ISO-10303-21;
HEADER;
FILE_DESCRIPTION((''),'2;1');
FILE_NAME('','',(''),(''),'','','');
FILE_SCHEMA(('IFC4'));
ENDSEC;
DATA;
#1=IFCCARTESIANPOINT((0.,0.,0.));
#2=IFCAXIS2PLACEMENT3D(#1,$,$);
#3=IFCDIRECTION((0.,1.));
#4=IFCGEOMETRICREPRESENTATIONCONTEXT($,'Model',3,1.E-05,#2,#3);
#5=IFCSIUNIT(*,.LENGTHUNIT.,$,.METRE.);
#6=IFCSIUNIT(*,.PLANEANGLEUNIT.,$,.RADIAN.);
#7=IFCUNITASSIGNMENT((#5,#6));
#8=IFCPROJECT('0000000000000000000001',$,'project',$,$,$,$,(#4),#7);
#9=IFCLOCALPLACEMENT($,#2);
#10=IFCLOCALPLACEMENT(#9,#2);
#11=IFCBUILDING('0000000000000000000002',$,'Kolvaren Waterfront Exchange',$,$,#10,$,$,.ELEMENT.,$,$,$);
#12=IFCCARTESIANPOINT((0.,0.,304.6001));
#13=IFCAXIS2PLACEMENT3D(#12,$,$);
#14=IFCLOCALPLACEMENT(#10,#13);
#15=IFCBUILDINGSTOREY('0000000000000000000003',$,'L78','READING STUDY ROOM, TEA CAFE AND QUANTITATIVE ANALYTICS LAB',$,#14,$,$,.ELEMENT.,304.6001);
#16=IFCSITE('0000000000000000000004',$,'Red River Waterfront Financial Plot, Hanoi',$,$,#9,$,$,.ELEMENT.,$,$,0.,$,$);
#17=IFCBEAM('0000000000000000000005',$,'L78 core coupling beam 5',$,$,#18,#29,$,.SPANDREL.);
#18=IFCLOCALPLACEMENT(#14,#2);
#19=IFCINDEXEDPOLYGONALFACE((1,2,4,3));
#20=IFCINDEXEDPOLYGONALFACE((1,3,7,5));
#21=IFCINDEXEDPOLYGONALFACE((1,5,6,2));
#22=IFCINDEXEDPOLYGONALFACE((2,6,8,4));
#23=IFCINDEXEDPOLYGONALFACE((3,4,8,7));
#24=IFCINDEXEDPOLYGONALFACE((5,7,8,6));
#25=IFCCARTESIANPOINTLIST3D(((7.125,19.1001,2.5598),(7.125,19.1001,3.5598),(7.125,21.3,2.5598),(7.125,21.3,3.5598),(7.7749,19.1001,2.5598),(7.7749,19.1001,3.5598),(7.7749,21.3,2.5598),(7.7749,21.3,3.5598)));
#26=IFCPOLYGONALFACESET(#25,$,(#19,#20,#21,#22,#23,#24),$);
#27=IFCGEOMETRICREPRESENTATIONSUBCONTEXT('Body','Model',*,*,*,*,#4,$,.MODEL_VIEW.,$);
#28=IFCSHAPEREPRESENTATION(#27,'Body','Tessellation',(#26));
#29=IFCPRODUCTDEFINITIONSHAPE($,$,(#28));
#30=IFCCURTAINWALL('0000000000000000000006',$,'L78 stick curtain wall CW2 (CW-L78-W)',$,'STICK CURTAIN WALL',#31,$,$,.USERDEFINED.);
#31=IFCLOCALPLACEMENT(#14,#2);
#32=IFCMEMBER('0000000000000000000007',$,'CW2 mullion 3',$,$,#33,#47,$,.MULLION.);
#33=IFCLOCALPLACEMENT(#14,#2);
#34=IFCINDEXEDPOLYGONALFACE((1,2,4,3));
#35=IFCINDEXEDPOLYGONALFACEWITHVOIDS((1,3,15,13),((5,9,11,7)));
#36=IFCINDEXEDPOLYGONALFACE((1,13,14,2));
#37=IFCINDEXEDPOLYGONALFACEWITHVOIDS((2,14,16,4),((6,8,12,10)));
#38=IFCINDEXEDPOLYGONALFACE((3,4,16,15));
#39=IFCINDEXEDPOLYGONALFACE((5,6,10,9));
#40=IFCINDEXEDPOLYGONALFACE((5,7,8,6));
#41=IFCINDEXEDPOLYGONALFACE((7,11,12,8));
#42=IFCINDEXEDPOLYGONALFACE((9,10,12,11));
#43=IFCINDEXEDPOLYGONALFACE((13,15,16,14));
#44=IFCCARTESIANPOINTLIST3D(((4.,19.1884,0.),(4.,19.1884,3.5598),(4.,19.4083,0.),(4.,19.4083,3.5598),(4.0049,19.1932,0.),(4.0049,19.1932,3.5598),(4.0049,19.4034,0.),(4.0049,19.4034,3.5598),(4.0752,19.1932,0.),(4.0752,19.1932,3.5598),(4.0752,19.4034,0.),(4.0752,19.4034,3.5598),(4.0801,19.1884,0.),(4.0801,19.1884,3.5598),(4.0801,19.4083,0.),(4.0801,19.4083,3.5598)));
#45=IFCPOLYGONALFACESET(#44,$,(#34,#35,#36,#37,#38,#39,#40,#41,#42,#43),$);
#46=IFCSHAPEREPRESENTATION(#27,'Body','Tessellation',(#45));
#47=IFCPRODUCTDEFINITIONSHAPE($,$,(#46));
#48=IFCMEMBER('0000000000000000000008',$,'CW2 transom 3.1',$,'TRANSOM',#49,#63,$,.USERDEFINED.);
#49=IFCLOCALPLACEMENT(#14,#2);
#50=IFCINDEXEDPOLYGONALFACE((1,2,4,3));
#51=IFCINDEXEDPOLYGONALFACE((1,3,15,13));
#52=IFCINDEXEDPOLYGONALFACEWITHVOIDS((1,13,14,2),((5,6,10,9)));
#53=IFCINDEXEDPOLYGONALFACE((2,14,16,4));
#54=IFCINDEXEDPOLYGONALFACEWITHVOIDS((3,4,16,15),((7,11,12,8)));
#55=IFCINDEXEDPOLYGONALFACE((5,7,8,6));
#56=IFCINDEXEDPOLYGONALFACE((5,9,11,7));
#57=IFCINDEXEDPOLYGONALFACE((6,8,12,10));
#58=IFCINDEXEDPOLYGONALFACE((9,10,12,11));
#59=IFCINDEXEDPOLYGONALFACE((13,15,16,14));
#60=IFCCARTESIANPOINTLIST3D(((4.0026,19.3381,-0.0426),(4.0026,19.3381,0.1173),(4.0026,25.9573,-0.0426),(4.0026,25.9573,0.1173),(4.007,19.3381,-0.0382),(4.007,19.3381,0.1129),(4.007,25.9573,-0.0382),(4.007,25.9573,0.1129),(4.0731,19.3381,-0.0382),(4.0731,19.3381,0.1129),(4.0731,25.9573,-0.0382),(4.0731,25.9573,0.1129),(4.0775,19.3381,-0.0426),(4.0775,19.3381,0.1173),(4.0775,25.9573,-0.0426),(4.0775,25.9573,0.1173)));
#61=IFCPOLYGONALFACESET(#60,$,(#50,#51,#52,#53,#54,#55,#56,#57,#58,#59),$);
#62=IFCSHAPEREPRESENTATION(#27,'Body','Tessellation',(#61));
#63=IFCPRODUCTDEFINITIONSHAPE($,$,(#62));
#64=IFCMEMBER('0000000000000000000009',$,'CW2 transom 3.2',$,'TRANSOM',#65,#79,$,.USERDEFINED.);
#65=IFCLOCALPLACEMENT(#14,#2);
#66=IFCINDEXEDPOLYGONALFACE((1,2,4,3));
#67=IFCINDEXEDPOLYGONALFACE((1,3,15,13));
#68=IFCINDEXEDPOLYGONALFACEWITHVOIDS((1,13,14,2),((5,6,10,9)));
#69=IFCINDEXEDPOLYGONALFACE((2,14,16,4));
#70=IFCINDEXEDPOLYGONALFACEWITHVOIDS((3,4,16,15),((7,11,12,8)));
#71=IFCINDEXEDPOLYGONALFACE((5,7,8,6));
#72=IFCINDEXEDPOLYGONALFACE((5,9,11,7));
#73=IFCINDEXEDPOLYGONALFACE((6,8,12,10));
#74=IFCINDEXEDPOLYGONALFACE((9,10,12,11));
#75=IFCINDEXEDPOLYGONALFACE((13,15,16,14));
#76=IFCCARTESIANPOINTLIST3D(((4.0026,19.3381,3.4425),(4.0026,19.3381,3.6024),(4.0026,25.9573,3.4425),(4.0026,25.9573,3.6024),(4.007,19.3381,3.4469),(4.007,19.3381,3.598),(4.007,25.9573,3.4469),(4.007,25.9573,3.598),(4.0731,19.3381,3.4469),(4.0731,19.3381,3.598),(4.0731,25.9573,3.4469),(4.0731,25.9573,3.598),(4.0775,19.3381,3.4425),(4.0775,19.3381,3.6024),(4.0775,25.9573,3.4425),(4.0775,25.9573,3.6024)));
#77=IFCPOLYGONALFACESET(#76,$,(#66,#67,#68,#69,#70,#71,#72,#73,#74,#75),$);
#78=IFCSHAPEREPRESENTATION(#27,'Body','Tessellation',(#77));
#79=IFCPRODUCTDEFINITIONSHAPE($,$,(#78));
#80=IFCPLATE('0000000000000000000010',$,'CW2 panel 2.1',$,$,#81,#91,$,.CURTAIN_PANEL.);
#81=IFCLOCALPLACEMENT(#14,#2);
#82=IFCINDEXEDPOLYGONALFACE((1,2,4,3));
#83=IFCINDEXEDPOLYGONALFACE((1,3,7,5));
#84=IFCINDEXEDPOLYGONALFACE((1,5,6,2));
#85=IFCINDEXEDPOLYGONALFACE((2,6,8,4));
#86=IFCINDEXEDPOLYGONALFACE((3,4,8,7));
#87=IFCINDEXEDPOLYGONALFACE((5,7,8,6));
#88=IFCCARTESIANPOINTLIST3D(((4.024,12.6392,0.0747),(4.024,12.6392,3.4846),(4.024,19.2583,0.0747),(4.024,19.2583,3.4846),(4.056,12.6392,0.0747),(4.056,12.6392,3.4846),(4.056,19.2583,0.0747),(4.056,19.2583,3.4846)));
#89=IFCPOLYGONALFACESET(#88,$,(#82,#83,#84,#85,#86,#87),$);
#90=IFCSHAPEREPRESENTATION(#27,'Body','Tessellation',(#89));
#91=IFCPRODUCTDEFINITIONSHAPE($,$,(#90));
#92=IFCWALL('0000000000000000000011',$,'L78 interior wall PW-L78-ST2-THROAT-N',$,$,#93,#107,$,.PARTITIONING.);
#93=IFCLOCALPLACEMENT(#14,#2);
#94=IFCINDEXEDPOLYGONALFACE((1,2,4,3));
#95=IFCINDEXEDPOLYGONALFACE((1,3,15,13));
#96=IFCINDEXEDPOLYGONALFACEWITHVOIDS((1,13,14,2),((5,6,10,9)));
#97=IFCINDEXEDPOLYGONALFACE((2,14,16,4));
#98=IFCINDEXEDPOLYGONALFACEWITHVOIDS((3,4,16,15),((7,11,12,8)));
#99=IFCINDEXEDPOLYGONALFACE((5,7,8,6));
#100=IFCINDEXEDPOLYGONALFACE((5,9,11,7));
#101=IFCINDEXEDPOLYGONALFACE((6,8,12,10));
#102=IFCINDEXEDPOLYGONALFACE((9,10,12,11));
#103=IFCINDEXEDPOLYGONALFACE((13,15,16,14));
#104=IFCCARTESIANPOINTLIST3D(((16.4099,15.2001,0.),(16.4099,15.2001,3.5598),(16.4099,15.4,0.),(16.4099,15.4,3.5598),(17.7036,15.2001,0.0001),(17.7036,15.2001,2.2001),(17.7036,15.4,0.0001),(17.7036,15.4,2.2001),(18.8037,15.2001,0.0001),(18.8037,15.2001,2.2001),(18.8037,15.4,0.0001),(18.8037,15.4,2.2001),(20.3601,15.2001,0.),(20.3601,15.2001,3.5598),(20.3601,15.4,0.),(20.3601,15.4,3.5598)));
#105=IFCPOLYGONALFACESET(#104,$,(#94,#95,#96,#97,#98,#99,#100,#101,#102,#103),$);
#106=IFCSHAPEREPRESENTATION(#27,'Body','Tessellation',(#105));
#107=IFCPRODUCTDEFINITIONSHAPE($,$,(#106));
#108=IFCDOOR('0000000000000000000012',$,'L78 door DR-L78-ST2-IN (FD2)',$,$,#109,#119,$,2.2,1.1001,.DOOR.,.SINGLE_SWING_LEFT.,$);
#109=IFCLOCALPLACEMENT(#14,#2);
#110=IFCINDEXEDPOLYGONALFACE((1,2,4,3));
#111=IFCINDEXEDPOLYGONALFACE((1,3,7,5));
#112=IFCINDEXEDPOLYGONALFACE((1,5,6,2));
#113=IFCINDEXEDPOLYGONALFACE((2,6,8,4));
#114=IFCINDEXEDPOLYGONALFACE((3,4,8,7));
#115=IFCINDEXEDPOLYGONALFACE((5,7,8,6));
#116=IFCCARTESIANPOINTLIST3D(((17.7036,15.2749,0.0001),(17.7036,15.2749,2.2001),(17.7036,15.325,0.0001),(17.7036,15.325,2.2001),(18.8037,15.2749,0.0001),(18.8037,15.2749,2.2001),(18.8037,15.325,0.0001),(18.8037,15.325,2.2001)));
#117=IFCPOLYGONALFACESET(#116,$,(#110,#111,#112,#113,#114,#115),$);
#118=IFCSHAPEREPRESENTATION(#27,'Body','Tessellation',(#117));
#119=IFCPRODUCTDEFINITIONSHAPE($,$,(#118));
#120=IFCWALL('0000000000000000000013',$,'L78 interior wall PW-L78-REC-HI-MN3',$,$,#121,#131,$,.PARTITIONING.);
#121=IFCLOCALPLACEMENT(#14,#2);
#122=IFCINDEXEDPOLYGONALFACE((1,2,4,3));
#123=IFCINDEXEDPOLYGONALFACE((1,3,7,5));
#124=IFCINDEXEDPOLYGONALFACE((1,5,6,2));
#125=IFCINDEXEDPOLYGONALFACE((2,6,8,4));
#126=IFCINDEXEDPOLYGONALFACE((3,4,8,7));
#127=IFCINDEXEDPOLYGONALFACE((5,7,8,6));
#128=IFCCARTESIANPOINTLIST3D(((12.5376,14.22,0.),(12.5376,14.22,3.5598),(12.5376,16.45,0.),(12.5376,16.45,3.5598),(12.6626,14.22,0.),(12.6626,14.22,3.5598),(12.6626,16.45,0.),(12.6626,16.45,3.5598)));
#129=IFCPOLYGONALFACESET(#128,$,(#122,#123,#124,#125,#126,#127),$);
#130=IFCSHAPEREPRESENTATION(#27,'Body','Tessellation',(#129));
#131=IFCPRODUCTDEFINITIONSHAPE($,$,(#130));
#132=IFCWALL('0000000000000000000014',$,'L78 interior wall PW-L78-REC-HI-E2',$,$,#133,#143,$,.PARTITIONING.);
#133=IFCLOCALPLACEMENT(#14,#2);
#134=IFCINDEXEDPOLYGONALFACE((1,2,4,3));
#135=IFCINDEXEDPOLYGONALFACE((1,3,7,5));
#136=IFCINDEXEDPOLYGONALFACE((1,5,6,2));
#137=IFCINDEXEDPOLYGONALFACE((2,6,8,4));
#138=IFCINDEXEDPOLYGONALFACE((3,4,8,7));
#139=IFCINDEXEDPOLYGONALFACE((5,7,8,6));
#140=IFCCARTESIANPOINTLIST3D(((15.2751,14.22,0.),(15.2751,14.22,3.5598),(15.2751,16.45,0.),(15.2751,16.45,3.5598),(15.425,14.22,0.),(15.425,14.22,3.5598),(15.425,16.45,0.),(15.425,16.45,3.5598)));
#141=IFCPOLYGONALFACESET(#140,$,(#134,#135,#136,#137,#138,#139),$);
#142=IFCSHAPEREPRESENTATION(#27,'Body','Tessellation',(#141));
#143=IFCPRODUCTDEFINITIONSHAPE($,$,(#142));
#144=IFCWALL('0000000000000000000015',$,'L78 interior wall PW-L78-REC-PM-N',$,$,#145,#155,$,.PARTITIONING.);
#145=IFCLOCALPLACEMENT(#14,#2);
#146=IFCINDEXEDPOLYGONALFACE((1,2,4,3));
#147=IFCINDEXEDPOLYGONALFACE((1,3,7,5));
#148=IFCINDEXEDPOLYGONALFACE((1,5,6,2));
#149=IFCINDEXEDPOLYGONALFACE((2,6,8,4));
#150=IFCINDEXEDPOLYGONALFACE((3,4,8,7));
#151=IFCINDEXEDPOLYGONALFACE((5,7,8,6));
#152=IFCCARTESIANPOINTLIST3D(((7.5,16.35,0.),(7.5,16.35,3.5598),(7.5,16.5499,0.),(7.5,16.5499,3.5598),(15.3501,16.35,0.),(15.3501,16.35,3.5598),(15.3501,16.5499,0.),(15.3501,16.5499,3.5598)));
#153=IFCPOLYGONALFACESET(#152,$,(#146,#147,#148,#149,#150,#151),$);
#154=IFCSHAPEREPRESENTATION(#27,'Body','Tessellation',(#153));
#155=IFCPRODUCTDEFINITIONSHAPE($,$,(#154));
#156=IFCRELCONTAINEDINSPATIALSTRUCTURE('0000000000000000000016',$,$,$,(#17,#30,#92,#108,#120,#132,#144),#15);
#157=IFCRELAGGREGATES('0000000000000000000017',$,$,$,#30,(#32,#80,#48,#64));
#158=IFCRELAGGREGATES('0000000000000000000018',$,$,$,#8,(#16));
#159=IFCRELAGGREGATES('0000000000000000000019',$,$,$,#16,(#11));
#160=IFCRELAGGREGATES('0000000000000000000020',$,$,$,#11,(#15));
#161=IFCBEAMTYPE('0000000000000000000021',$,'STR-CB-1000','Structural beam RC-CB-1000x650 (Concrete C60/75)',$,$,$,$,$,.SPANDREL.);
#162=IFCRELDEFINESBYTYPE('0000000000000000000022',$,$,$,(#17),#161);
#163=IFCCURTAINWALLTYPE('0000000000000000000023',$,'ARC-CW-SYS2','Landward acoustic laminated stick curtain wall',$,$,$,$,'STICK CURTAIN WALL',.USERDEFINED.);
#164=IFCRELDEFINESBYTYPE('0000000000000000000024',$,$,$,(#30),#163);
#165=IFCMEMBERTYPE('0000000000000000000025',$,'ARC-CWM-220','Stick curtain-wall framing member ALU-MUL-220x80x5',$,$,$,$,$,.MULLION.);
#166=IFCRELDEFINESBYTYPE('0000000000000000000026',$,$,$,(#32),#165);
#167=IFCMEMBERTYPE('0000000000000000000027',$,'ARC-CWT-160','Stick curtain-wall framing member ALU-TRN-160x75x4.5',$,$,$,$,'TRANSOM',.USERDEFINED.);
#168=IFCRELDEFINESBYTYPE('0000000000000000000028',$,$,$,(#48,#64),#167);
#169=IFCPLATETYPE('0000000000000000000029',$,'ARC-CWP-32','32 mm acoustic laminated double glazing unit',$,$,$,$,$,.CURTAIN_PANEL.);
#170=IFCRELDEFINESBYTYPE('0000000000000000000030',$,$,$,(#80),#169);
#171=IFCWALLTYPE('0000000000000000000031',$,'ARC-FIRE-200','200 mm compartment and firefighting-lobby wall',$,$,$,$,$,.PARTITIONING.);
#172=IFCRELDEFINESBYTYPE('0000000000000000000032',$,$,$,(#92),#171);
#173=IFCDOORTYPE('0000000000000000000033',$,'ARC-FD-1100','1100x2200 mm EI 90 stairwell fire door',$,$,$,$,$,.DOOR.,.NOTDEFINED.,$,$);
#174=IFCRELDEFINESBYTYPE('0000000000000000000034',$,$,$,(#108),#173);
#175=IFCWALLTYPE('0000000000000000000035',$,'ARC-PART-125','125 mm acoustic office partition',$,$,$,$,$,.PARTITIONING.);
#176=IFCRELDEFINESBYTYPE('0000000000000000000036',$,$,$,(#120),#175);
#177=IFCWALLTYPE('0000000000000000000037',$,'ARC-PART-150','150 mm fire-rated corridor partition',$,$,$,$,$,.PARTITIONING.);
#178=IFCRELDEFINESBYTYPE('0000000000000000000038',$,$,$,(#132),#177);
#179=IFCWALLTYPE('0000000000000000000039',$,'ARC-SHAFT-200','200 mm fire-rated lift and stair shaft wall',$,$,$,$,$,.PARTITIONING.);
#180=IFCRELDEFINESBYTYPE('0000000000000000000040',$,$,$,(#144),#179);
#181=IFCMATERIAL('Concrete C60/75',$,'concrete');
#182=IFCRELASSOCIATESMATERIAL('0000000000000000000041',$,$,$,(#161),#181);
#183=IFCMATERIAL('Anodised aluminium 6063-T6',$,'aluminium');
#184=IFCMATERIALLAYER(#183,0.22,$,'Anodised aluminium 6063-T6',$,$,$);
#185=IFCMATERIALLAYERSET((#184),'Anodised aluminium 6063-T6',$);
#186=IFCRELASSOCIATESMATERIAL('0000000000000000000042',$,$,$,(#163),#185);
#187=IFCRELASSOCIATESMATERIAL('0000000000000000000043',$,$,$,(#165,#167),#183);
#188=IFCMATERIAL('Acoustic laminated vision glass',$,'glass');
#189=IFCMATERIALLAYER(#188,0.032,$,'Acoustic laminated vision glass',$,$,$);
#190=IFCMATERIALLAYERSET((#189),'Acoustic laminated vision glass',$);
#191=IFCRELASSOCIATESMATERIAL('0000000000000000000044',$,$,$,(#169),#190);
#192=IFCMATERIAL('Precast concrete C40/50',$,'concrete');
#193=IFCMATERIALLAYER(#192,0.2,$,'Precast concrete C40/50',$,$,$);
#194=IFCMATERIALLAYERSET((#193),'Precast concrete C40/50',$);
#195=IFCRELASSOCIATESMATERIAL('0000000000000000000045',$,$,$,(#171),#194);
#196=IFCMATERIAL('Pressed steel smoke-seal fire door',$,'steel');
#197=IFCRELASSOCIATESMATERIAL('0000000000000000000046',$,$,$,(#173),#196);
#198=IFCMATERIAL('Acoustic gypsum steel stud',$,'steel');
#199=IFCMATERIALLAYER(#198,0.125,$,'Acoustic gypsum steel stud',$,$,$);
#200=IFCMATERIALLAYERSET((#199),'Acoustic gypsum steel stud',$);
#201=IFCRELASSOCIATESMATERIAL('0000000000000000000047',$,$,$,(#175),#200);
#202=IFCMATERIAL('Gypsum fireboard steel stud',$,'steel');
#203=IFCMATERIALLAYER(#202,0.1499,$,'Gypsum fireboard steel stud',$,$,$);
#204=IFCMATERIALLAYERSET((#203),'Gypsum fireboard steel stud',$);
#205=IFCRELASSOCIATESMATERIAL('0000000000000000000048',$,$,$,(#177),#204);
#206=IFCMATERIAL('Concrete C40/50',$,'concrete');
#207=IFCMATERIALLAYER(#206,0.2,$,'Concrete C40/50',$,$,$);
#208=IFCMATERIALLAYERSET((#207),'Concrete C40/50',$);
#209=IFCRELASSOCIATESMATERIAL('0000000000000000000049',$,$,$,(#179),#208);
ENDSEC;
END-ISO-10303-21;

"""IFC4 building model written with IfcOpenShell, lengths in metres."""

from ifc_helpers import new_model, si_unit, direction, frame, frame_2d, origin, origin_with_axes, origin_2d, place, context, subcontext, project, spatial, rectangle, hollow_rectangle, extrude, source, transform, mapped, material, layer, layer_set, material_profile, profile_set, type_object, element, fill, aggregate, save


model = new_model("IFC4")

# Units and contexts
model_context = context("Model", 3, precision=1e-05, world=origin(), true_north=direction((0.0, 1.0)))
body_context = subcontext(model_context, "Body", "Model", "MODEL_VIEW")
ifc_project = project(units=[si_unit("LENGTHUNIT", "METRE"), si_unit("PLANEANGLEUNIT", "RADIAN")], contexts=[model_context])

# Site, building, storey
site_placement = place(None, origin())
site = spatial("IfcSite", under=ifc_project, at=site_placement, Name="Red River Waterfront Financial Plot, Hanoi", CompositionType="ELEMENT", RefElevation=0.0)
building_placement = place(site_placement, origin())
building = spatial("IfcBuilding", under=site, at=building_placement, Name="Kolvaren Waterfront Exchange", CompositionType="ELEMENT")
storey_placement = place(building_placement, frame((0.0, 0.0, 304.6001)))
storey = spatial("IfcBuildingStorey", under=building, at=storey_placement, Name="L78", Description="READING STUDY ROOM, TEA CAFE AND QUANTITATIVE ANALYTICS LAB", CompositionType="ELEMENT", Elevation=304.6001)

# Beam
ifc_material_1 = material(Name="Concrete C60/75", Category="concrete")
ifc_material_profile_1 = material_profile(ifc_material_1, rectangle(XDim=0.6499, YDim=1.0, at=origin_2d()), Name="RC-CB-1000x650")
ifc_profile_set_1 = profile_set([ifc_material_profile_1], Name="Concrete C60/75")
beam_type = type_object("IfcBeamType", Name="STR-CB-1000", Description="Structural beam RC-CB-1000x650 (Concrete C60/75)", PredefinedType="SPANDREL", material=ifc_profile_set_1)
beam_placement = place(storey_placement, frame((7.45, 19.1001, 3.0598), z_axis=(0.0, 1.0, 0.0), x_axis=(-1.0, 0.0, 0.0)))
element("IfcBeam", 1, at=beam_placement, inside=storey, type_object=beam_type, Name="L78 core coupling beam 5", PredefinedType="SPANDREL", context=body_context, shape_type="SweptSolid", body=[
    extrude(rectangle(XDim=0.6499, YDim=1.0, at=origin_2d()), origin(), (0.0, 0.0, 1.0), 2.2),
])

# Curtain wall, members, plate
ifc_material_2 = material(Name="Anodised aluminium 6063-T6", Category="aluminium")
ifc_layer_1 = layer(ifc_material_2, 0.22, Name="Anodised aluminium 6063-T6")
ifc_layer_set_1 = layer_set([ifc_layer_1], Name="Anodised aluminium 6063-T6")
curtain_wall_type = type_object("IfcCurtainWallType", Name="ARC-CW-SYS2", Description="Landward acoustic laminated stick curtain wall", ElementType="STICK CURTAIN WALL", PredefinedType="USERDEFINED", material=ifc_layer_set_1)
curtain_wall_placement = place(storey_placement, origin())
curtain_wall = element("IfcCurtainWall", 2, at=curtain_wall_placement, inside=storey, type_object=curtain_wall_type, Name="L78 stick curtain wall CW2 (CW-L78-W)", ObjectType="STICK CURTAIN WALL", PredefinedType="USERDEFINED")
ifc_material_profile_2 = material_profile(ifc_material_2, hollow_rectangle(XDim=0.0801, YDim=0.22, WallThickness=0.0049, at=origin_2d()), Name="ALU-MUL-220x80x5")
ifc_profile_set_2 = profile_set([ifc_material_profile_2], Name="Anodised aluminium 6063-T6")
member_type_1 = type_object("IfcMemberType", Name="ARC-CWM-220", Description="Stick curtain-wall framing member ALU-MUL-220x80x5", PredefinedType="MULLION", material=ifc_profile_set_2)
shared_shape_1 = source(origin_with_axes(), body_context, "Body", "SweptSolid", [
    extrude(hollow_rectangle(XDim=0.0801, YDim=0.22, WallThickness=0.0049, at=origin_2d()), origin(), (0.0, 0.0, 1.0), 3.5598),
])
member_1_placement = place(storey_placement, frame((4.04, 19.2983, 0.0), z_axis=(0.0, 0.0, 1.0), x_axis=(-1.0, 0.0, 0.0)))
member_1 = element("IfcMember", 3, at=member_1_placement, type_object=member_type_1, Name="CW2 mullion 3", PredefinedType="MULLION", context=body_context, shape_type="MappedRepresentation", body=[
    mapped(shared_shape_1, transform((0.0, 0.0, 0.0), x_axis=(1.0, 0.0, 0.0), y_axis=(0.0, 1.0, 0.0), z_axis=(0.0, 0.0, 1.0), scale=1.0)),
])
ifc_material_profile_3 = material_profile(ifc_material_2, hollow_rectangle(XDim=0.075, YDim=0.1599, WallThickness=0.0044, at=origin_2d()), Name="ALU-TRN-160x75x4.5")
ifc_profile_set_3 = profile_set([ifc_material_profile_3], Name="Anodised aluminium 6063-T6")
member_type_2 = type_object("IfcMemberType", Name="ARC-CWT-160", Description="Stick curtain-wall framing member ALU-TRN-160x75x4.5", ElementType="TRANSOM", PredefinedType="USERDEFINED", material=ifc_profile_set_3)
shared_shape_2 = source(origin_with_axes(), body_context, "Body", "SweptSolid", [
    extrude(hollow_rectangle(XDim=0.075, YDim=0.1599, WallThickness=0.0044, at=origin_2d()), origin(), (0.0, 0.0, 1.0), 6.6191),
])
member_2_placement = place(storey_placement, frame((4.04, 19.3381, 0.0374), z_axis=(0.0, 1.0, 0.0), x_axis=(-1.0, 0.0, 0.0)))
member_2 = element("IfcMember", 4, at=member_2_placement, type_object=member_type_2, Name="CW2 transom 3.1", ObjectType="TRANSOM", PredefinedType="USERDEFINED", context=body_context, shape_type="MappedRepresentation", body=[
    mapped(shared_shape_2, transform((0.0, 0.0, 0.0), x_axis=(1.0, 0.0, 0.0), y_axis=(0.0, 1.0, 0.0), z_axis=(0.0, 0.0, 1.0), scale=1.0)),
])
member_3_placement = place(storey_placement, frame((4.04, 19.3381, 3.5225), z_axis=(0.0, 1.0, 0.0), x_axis=(-1.0, 0.0, 0.0)))
member_3 = element("IfcMember", 5, at=member_3_placement, type_object=member_type_2, Name="CW2 transom 3.2", ObjectType="TRANSOM", PredefinedType="USERDEFINED", context=body_context, shape_type="MappedRepresentation", body=[
    mapped(shared_shape_2, transform((0.0, 0.0, 0.0), x_axis=(1.0, 0.0, 0.0), y_axis=(0.0, 1.0, 0.0), z_axis=(0.0, 0.0, 1.0), scale=1.0)),
])
ifc_material_3 = material(Name="Acoustic laminated vision glass", Category="glass")
ifc_layer_2 = layer(ifc_material_3, 0.032, Name="Acoustic laminated vision glass")
ifc_layer_set_2 = layer_set([ifc_layer_2], Name="Acoustic laminated vision glass")
plate_type = type_object("IfcPlateType", Name="ARC-CWP-32", Description="32 mm acoustic laminated double glazing unit", PredefinedType="CURTAIN_PANEL", material=ifc_layer_set_2)
shared_shape_3 = source(origin_with_axes(), body_context, "Body", "SweptSolid", [
    extrude(rectangle(XDim=6.6191, YDim=0.032, at=origin_2d()), origin(), (0.0, 0.0, 1.0), 3.4099),
])
plate_placement = place(storey_placement, frame((4.04, 15.9487, 0.0747), z_axis=(0.0, 0.0, 1.0), x_axis=(0.0, 1.0, 0.0)))
plate = element("IfcPlate", 6, at=plate_placement, type_object=plate_type, Name="CW2 panel 2.1", PredefinedType="CURTAIN_PANEL", context=body_context, shape_type="MappedRepresentation", body=[
    mapped(shared_shape_3, transform((0.0, 0.0, 0.0), x_axis=(1.0, 0.0, 0.0), y_axis=(0.0, 1.0, 0.0), z_axis=(0.0, 0.0, 1.0), scale=1.0)),
])
aggregate(curtain_wall, [member_1, plate, member_2, member_3])

# Wall, opening, door
ifc_material_4 = material(Name="Precast concrete C40/50", Category="concrete")
ifc_layer_3 = layer(ifc_material_4, 0.2, Name="Precast concrete C40/50")
ifc_layer_set_3 = layer_set([ifc_layer_3], Name="Precast concrete C40/50")
wall_type_1 = type_object("IfcWallType", Name="ARC-FIRE-200", Description="200 mm compartment and firefighting-lobby wall", PredefinedType="PARTITIONING", material=ifc_layer_set_3)
wall_1_placement = place(storey_placement, frame((16.4099, 15.3, 0.0), z_axis=(0.0, 0.0, 1.0), x_axis=(1.0, 0.0, 0.0)))
wall_1 = element("IfcWall", 7, at=wall_1_placement, inside=storey, type_object=wall_type_1, Name="L78 interior wall PW-L78-ST2-THROAT-N", PredefinedType="PARTITIONING", context=body_context, shape_type="SweptSolid", body=[
    extrude(rectangle(XDim=3.9502, YDim=0.2, at=frame_2d((1.9751, 0.0))), origin(), (0.0, 0.0, 1.0), 3.5598),
])
opening_1_placement = place(wall_1_placement, frame((1.2937, 0.0, 0.0)))
opening_1 = element("IfcOpeningElement", 8, at=opening_1_placement, cuts=wall_1, PredefinedType="OPENING", context=body_context, shape_type="SweptSolid", body=[
    extrude(rectangle(XDim=1.1001, YDim=2.2, at=frame_2d((0.55, 1.1001))), frame((0.0, 0.1099, 0.0), z_axis=(0.0, -1.0, 0.0), x_axis=(1.0, 0.0, 0.0)), (0.0, 0.0, 1.0), 0.22),
])
ifc_material_5 = material(Name="Pressed steel smoke-seal fire door", Category="steel")
door_type_1 = type_object("IfcDoorType", Name="ARC-FD-1100", Description="1100x2200 mm EI 90 stairwell fire door", OperationType="NOTDEFINED", PredefinedType="DOOR", material=ifc_material_5)
door_1_placement = place(opening_1_placement, origin())
door_1 = element("IfcDoor", 9, at=door_1_placement, inside=storey, type_object=door_type_1, Name="L78 door DR-L78-ST2-IN (FD2)", OperationType="SINGLE_SWING_LEFT", OverallHeight=2.2, OverallWidth=1.1001, PredefinedType="DOOR", context=body_context, shape_type="SweptSolid", body=[
    extrude(rectangle(XDim=1.1001, YDim=2.2, at=frame_2d((0.55, 1.1001))), frame((0.0, 0.0249, 0.0), z_axis=(0.0, -1.0, 0.0), x_axis=(1.0, 0.0, 0.0)), (0.0, 0.0, 1.0), 0.05),
])
fill(opening_1, door_1)

# Walls
ifc_material_6 = material(Name="Acoustic gypsum steel stud", Category="steel")
ifc_layer_4 = layer(ifc_material_6, 0.125, Name="Acoustic gypsum steel stud")
ifc_layer_set_4 = layer_set([ifc_layer_4], Name="Acoustic gypsum steel stud")
wall_type_2 = type_object("IfcWallType", Name="ARC-PART-125", Description="125 mm acoustic office partition", PredefinedType="PARTITIONING", material=ifc_layer_set_4)
wall_2_placement = place(storey_placement, frame((12.6001, 14.22, 0.0), z_axis=(0.0, 0.0, 1.0), x_axis=(0.0, 1.0, 0.0)))
element("IfcWall", 10, at=wall_2_placement, inside=storey, type_object=wall_type_2, Name="L78 interior wall PW-L78-REC-HI-MN3", PredefinedType="PARTITIONING", context=body_context, shape_type="SweptSolid", body=[
    extrude(rectangle(XDim=2.23, YDim=0.125, at=frame_2d((1.115, 0.0))), origin(), (0.0, 0.0, 1.0), 3.5598),
])
ifc_material_7 = material(Name="Gypsum fireboard steel stud", Category="steel")
ifc_layer_5 = layer(ifc_material_7, 0.1499, Name="Gypsum fireboard steel stud")
ifc_layer_set_5 = layer_set([ifc_layer_5], Name="Gypsum fireboard steel stud")
wall_type_3 = type_object("IfcWallType", Name="ARC-PART-150", Description="150 mm fire-rated corridor partition", PredefinedType="PARTITIONING", material=ifc_layer_set_5)
wall_3_placement = place(storey_placement, frame((15.3501, 14.22, 0.0), z_axis=(0.0, 0.0, 1.0), x_axis=(0.0, 1.0, 0.0)))
element("IfcWall", 11, at=wall_3_placement, inside=storey, type_object=wall_type_3, Name="L78 interior wall PW-L78-REC-HI-E2", PredefinedType="PARTITIONING", context=body_context, shape_type="SweptSolid", body=[
    extrude(rectangle(XDim=2.23, YDim=0.1499, at=frame_2d((1.115, 0.0))), origin(), (0.0, 0.0, 1.0), 3.5598),
])
ifc_material_8 = material(Name="Concrete C40/50", Category="concrete")
ifc_layer_6 = layer(ifc_material_8, 0.2, Name="Concrete C40/50")
ifc_layer_set_6 = layer_set([ifc_layer_6], Name="Concrete C40/50")
wall_type_4 = type_object("IfcWallType", Name="ARC-SHAFT-200", Description="200 mm fire-rated lift and stair shaft wall", PredefinedType="PARTITIONING", material=ifc_layer_set_6)
wall_4_placement = place(storey_placement, frame((7.5, 16.45, 0.0), z_axis=(0.0, 0.0, 1.0), x_axis=(1.0, 0.0, 0.0)))
element("IfcWall", 12, at=wall_4_placement, inside=storey, type_object=wall_type_4, Name="L78 interior wall PW-L78-REC-PM-N", PredefinedType="PARTITIONING", context=body_context, shape_type="SweptSolid", body=[
    extrude(rectangle(XDim=7.8501, YDim=0.2, at=frame_2d((3.925, 0.0))), origin(), (0.0, 0.0, 1.0), 3.5598),
])

save(model, "model.ifc")
